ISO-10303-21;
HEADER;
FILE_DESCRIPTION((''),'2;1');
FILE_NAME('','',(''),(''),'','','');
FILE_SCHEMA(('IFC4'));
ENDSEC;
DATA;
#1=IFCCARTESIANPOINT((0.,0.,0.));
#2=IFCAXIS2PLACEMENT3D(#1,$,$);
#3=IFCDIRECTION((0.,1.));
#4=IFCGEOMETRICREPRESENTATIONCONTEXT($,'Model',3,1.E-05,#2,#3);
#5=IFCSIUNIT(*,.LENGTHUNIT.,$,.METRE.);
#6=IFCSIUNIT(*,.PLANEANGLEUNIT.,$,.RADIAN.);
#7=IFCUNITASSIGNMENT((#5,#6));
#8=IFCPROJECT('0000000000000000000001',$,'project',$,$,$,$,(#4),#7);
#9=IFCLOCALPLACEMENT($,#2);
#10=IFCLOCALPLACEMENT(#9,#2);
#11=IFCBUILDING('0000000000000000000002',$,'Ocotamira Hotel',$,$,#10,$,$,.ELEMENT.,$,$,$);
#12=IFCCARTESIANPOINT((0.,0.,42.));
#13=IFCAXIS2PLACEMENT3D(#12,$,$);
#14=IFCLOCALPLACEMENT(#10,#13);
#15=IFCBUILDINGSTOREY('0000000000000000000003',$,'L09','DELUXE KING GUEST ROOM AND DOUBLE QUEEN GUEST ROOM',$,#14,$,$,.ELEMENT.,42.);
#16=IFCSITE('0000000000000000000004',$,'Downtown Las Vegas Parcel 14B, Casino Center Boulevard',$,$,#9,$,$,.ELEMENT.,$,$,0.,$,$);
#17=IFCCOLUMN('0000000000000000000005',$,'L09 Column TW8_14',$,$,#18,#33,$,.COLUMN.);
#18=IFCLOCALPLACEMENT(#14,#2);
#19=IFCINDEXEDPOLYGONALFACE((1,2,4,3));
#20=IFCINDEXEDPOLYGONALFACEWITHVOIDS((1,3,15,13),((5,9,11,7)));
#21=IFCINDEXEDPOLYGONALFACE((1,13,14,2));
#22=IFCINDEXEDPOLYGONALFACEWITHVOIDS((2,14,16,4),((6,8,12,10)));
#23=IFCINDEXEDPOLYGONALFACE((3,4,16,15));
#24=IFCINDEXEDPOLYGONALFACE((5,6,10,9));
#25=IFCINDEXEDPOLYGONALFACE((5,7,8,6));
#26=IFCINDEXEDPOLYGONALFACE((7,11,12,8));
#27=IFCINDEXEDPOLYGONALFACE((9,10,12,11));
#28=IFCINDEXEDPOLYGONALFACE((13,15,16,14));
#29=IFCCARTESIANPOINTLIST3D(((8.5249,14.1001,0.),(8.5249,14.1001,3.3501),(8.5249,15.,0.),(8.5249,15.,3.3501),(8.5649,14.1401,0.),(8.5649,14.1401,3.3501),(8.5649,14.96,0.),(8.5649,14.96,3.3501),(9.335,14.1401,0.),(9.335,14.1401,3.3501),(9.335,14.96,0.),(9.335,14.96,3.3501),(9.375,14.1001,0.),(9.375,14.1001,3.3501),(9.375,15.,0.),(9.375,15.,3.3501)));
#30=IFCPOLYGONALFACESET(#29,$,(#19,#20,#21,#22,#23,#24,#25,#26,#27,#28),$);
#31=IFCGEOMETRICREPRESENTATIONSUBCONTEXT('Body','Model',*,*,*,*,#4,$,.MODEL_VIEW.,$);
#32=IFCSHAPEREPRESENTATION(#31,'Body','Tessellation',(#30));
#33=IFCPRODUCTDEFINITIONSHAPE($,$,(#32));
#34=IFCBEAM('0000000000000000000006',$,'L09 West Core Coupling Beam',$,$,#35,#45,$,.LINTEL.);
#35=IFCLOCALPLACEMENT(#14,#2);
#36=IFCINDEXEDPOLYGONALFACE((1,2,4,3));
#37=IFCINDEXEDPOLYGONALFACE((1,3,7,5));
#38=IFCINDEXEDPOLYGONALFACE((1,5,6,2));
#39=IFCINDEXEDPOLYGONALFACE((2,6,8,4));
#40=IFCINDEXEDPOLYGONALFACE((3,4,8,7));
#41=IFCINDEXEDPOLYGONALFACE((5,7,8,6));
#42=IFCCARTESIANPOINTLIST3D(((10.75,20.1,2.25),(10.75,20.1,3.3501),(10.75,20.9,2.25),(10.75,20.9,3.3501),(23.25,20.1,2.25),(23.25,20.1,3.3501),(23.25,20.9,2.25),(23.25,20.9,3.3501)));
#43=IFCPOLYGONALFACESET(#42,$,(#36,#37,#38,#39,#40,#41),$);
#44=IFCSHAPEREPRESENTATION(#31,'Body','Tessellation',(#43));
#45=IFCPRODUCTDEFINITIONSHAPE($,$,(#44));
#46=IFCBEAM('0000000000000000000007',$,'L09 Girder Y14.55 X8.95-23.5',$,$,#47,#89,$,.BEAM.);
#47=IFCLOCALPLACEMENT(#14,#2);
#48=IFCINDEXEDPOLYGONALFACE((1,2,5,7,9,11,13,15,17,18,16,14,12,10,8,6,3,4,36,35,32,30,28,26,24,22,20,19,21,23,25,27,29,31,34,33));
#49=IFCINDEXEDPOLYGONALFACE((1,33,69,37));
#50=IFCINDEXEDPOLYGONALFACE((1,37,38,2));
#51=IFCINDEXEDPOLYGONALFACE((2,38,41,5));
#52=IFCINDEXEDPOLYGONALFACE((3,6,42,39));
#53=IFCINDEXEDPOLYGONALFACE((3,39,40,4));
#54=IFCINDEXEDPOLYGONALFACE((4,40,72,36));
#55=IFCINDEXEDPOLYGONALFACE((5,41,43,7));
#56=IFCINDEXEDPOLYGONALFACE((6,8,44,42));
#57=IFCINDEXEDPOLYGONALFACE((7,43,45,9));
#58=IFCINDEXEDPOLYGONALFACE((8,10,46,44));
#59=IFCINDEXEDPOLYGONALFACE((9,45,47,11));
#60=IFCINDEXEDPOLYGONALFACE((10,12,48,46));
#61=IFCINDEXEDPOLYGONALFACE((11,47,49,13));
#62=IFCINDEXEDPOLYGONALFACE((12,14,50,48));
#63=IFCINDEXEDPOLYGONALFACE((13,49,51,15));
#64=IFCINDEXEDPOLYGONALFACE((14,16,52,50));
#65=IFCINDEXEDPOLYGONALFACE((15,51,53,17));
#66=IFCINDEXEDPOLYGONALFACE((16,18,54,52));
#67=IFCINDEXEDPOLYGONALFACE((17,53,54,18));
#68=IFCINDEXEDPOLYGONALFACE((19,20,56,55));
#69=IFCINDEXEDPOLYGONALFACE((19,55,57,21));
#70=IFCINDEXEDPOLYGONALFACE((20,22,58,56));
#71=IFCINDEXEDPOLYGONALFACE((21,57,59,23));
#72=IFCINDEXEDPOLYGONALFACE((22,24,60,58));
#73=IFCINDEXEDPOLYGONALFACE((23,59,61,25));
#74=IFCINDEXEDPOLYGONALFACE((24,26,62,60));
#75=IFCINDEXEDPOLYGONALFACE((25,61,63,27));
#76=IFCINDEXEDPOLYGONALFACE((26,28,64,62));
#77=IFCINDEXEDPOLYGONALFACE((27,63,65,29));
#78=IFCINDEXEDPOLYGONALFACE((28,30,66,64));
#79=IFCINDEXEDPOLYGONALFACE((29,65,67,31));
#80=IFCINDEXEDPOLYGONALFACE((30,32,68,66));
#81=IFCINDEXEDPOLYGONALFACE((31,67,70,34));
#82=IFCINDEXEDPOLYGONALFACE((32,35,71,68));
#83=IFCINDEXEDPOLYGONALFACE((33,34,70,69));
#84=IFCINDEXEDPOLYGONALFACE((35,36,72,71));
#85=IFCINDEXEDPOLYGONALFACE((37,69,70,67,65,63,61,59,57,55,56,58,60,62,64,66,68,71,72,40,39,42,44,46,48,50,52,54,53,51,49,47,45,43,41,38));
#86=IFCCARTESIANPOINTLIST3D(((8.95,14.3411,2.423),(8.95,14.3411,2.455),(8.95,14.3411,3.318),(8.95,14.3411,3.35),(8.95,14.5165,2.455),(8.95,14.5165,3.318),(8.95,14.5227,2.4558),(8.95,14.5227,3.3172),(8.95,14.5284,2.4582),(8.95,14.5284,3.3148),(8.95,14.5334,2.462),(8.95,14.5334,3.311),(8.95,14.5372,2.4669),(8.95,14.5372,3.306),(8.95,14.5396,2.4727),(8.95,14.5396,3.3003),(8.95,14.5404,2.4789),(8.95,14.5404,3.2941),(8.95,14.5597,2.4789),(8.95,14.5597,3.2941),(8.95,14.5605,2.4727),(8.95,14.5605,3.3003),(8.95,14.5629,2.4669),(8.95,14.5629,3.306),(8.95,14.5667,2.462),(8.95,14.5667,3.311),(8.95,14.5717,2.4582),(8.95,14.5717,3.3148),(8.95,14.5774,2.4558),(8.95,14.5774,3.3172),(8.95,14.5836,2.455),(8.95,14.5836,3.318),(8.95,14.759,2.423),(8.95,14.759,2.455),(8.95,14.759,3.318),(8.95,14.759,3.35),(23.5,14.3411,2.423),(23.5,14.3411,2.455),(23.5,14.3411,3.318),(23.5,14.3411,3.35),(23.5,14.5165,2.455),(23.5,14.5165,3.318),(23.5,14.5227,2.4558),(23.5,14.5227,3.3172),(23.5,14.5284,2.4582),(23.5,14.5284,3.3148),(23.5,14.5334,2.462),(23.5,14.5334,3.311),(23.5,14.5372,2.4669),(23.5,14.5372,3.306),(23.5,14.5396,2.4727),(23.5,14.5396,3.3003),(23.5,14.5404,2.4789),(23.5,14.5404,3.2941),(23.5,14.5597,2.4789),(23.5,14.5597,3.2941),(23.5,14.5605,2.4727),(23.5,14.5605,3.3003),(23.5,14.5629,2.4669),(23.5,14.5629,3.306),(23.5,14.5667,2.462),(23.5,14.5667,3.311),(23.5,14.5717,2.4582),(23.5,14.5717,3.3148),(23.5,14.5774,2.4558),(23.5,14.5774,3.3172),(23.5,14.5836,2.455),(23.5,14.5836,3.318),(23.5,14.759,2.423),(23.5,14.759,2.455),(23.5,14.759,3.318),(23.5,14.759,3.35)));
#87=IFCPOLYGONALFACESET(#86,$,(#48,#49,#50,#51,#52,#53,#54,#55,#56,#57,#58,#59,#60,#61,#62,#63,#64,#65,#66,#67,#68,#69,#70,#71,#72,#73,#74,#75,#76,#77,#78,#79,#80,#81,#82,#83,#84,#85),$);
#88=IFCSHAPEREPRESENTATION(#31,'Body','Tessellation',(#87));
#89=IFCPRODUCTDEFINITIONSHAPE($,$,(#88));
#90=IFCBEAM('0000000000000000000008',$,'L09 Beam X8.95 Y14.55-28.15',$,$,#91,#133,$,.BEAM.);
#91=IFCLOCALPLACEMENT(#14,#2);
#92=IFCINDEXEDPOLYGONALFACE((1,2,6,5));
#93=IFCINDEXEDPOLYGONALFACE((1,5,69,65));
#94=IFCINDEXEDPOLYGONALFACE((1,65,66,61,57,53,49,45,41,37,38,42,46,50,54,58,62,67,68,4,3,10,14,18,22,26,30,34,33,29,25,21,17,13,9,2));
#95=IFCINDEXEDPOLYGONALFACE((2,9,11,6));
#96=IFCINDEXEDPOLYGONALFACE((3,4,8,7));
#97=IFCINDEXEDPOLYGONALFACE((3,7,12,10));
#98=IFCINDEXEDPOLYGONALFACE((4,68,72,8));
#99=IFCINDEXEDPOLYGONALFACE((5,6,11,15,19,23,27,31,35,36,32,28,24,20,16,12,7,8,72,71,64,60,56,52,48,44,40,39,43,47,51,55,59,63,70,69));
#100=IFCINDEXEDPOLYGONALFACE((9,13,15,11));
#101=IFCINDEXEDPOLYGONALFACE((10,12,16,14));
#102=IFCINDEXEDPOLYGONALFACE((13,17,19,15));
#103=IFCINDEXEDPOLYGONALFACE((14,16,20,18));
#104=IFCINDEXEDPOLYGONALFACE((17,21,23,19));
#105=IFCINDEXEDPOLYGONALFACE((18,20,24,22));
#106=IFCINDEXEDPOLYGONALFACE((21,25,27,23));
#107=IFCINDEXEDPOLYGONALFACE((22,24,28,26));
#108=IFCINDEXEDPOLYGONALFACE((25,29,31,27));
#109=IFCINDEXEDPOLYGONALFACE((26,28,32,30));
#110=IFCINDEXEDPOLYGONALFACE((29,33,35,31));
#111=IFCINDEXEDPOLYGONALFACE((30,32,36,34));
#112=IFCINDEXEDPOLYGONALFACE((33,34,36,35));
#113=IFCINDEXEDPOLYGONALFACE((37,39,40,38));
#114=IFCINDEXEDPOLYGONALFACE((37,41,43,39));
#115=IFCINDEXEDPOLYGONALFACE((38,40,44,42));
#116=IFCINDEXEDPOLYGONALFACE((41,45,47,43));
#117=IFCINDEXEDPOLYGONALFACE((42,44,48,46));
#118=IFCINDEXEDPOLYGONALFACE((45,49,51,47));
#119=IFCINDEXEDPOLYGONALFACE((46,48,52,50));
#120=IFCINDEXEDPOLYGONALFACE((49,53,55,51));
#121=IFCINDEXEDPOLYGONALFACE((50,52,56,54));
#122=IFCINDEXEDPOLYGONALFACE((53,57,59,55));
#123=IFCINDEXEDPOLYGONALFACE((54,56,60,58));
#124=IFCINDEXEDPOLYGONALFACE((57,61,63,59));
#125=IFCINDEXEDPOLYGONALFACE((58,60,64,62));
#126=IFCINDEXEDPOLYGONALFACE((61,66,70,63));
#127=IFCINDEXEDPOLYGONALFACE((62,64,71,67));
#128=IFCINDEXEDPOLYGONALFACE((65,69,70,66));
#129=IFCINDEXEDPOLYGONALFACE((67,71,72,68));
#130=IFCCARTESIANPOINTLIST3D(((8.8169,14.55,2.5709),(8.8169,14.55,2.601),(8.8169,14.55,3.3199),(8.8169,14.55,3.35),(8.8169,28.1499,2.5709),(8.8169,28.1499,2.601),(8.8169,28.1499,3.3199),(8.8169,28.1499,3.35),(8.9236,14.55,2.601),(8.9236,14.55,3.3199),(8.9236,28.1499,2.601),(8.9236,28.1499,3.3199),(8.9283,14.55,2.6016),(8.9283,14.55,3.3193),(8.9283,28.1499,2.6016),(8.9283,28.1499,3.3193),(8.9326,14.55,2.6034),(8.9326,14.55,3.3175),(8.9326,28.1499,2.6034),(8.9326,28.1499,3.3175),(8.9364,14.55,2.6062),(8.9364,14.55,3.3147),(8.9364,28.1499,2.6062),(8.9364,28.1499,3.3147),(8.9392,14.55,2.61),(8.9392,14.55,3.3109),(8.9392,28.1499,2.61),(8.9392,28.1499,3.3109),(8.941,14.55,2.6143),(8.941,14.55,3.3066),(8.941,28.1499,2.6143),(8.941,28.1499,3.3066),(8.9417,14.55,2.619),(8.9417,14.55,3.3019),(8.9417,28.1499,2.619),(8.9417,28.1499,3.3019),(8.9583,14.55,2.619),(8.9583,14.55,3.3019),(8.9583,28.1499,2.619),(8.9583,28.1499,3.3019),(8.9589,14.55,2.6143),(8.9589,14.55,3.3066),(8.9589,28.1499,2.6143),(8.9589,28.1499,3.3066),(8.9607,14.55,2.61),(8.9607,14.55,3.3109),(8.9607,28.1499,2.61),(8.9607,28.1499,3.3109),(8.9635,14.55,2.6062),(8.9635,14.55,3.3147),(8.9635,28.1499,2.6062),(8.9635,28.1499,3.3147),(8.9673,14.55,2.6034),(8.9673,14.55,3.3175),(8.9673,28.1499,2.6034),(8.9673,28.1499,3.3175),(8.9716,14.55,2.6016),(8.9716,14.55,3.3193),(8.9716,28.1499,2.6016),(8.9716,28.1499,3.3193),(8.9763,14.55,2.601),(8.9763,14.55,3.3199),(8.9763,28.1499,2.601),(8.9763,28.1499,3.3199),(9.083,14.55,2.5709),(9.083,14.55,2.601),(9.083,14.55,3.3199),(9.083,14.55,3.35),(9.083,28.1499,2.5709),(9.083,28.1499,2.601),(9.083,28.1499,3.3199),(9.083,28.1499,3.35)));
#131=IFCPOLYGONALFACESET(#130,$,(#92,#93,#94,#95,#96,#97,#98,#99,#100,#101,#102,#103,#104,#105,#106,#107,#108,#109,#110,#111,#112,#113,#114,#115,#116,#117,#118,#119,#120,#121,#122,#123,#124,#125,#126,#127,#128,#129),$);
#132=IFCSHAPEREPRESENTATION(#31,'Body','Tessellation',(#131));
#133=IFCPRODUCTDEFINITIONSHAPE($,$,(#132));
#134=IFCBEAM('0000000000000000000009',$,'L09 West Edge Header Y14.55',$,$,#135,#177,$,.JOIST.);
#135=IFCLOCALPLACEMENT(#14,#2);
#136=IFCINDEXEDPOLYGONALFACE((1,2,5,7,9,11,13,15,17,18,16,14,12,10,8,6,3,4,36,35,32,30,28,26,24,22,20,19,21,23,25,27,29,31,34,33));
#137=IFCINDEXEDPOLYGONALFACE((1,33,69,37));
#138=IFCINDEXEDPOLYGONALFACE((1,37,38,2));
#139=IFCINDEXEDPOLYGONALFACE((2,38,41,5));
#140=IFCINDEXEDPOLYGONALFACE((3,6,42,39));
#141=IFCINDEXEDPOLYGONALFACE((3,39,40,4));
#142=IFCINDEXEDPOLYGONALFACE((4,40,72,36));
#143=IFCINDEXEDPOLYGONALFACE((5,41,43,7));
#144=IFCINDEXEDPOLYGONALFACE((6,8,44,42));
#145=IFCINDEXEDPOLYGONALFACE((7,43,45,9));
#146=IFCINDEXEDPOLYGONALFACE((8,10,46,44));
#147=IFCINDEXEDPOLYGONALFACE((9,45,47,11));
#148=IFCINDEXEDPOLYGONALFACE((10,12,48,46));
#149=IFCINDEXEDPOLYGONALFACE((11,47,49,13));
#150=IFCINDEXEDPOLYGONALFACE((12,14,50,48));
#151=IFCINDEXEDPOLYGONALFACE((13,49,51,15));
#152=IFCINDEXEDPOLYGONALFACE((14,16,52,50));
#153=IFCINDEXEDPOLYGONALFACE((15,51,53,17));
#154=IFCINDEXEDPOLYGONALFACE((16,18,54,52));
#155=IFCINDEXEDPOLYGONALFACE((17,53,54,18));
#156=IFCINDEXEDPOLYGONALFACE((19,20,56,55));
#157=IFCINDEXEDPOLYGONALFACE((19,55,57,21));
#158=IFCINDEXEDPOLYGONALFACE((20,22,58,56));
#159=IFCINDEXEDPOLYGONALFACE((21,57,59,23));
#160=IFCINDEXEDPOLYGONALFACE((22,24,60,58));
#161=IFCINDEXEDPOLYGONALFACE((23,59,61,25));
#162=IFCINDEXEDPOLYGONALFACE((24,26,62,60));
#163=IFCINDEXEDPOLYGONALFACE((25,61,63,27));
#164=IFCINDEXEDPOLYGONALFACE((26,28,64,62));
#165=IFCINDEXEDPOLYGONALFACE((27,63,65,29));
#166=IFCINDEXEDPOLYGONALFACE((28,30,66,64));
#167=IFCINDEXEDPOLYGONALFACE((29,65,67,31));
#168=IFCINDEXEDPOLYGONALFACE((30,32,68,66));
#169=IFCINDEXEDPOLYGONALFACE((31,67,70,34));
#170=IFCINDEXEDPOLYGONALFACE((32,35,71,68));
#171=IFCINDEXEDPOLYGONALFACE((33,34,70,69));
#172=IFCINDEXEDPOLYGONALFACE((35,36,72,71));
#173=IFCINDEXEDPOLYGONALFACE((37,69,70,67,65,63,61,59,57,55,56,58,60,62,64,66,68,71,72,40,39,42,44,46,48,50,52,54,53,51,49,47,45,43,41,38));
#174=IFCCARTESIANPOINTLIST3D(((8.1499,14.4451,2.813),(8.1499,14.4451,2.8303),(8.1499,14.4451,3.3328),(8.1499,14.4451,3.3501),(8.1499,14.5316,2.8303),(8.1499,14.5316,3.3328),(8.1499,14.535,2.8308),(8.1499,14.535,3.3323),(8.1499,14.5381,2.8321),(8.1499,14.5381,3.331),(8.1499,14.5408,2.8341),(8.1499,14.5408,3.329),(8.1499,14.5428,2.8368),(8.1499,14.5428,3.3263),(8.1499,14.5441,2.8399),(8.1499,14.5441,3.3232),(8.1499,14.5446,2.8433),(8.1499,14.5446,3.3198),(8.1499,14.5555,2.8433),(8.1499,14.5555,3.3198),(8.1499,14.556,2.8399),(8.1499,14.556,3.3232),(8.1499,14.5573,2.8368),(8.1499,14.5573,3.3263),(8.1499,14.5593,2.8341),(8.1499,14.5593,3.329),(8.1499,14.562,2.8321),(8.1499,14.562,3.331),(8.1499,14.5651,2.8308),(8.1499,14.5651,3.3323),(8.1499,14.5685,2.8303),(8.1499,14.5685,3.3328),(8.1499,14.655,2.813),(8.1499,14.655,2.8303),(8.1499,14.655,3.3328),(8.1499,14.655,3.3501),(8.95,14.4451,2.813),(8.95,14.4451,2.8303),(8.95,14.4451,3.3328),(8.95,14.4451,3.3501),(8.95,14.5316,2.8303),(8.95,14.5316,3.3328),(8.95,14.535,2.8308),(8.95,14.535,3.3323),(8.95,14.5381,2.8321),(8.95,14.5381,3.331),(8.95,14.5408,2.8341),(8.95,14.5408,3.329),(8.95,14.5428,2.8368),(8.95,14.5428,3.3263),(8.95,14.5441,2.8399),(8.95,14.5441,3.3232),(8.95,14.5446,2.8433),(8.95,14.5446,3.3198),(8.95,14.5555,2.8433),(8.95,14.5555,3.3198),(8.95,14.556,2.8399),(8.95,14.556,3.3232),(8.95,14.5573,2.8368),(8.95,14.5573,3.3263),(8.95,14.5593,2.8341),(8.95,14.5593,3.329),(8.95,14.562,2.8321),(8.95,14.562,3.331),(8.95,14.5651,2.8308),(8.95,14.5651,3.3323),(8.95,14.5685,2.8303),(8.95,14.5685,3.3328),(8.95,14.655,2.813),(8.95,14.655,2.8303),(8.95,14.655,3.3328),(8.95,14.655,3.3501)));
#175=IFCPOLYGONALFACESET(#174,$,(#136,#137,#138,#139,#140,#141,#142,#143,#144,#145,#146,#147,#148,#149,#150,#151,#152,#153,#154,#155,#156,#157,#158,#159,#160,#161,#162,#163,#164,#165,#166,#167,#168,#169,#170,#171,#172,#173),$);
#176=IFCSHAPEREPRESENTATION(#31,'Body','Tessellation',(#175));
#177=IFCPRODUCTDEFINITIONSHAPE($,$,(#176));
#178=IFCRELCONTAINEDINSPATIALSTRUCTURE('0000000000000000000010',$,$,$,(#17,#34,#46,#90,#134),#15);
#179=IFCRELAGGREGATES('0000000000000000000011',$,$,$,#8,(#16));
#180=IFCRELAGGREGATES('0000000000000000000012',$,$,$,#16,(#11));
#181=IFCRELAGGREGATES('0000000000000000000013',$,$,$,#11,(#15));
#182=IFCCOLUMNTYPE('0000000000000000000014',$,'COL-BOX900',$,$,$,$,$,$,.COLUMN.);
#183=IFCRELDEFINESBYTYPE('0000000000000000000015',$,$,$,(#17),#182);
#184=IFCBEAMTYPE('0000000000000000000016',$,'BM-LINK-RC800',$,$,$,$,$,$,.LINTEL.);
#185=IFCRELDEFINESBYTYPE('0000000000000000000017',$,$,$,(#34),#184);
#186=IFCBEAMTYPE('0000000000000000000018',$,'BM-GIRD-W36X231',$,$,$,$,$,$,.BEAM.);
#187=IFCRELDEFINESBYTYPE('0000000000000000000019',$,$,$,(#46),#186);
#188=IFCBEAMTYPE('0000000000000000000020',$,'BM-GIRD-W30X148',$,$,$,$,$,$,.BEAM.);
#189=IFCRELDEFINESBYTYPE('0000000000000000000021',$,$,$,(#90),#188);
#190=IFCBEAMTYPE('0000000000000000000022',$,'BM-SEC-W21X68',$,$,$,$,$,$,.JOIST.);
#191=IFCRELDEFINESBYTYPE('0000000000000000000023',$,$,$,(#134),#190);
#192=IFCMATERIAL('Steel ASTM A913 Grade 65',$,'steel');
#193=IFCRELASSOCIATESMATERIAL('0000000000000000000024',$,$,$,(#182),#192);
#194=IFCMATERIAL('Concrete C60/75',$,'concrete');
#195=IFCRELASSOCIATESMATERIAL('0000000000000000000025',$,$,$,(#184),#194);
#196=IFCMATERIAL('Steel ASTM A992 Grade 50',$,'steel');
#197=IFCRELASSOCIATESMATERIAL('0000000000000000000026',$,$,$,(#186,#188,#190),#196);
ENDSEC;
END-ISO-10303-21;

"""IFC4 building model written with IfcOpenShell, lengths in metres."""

from ifc_helpers import new_model, si_unit, direction, frame, origin, origin_2d, place, context, subcontext, project, spatial, rectangle, hollow_rectangle, i_section, extrude, source, transform, mapped, material, material_profile, profile_set, type_object, element, save


model = new_model("IFC4")

# Units and contexts
model_context = context("Model", 3, precision=1e-05, world=origin(), true_north=direction((0.0, 1.0)))
body_context = subcontext(model_context, "Body", "Model", "MODEL_VIEW")
ifc_project = project(units=[si_unit("LENGTHUNIT", "METRE"), si_unit("PLANEANGLEUNIT", "RADIAN")], contexts=[model_context])

# Site, building, storey
site_placement = place(None, origin())
site = spatial("IfcSite", under=ifc_project, at=site_placement, Name="Downtown Las Vegas Parcel 14B, Casino Center Boulevard", CompositionType="ELEMENT", RefElevation=0.0)
building_placement = place(site_placement, origin())
building = spatial("IfcBuilding", under=site, at=building_placement, Name="Ocotamira Hotel", CompositionType="ELEMENT")
storey_placement = place(building_placement, frame((0.0, 0.0, 42.0)))
storey = spatial("IfcBuildingStorey", under=building, at=storey_placement, Name="L09", Description="DELUXE KING GUEST ROOM AND DOUBLE QUEEN GUEST ROOM", CompositionType="ELEMENT", Elevation=42.0)

# Column
ifc_material_1 = material(Name="Steel ASTM A913 Grade 65", Category="steel")
ifc_material_profile_1 = material_profile(ifc_material_1, hollow_rectangle(XDim=0.8501, YDim=0.8999, WallThickness=0.04, at=origin_2d()), Name="BOX900X850X40")
ifc_profile_set_1 = profile_set([ifc_material_profile_1], Name="Steel ASTM A913 Grade 65")
column_type = type_object("IfcColumnType", Name="COL-BOX900", PredefinedType="COLUMN", material=ifc_profile_set_1)
shared_shape_1 = source(origin(), body_context, "Body", "SweptSolid", [
    extrude(hollow_rectangle(XDim=0.8501, YDim=0.8999, WallThickness=0.04, at=origin_2d()), origin(), (0.0, 0.0, 1.0), 3.3501),
])
column_placement = place(storey_placement, frame((8.95, 14.55, 0.0), z_axis=(0.0, 0.0, 1.0), x_axis=(1.0, 0.0, 0.0)))
element("IfcColumn", 1, at=column_placement, inside=storey, type_object=column_type, Name="L09 Column TW8_14", PredefinedType="COLUMN", context=body_context, shape_type="MappedRepresentation", body=[
    mapped(shared_shape_1, transform((0.0, 0.0, 0.0), scale=1.0)),
])

# Beams
ifc_material_2 = material(Name="Concrete C60/75", Category="concrete")
ifc_material_profile_2 = material_profile(ifc_material_2, rectangle(XDim=0.8, YDim=1.1001, at=origin_2d()), Name="RC800X1100")
ifc_profile_set_2 = profile_set([ifc_material_profile_2], Name="Concrete C60/75")
beam_type_1 = type_object("IfcBeamType", Name="BM-LINK-RC800", PredefinedType="LINTEL", material=ifc_profile_set_2)
shared_shape_2 = source(origin(), body_context, "Body", "SweptSolid", [
    extrude(rectangle(XDim=0.8, YDim=1.1001, at=origin_2d()), origin(), (0.0, 0.0, 1.0), 12.5),
])
beam_1_placement = place(storey_placement, frame((10.75, 20.5, 2.8), z_axis=(1.0, 0.0, 0.0), x_axis=(0.0, 1.0, 0.0)))
element("IfcBeam", 2, at=beam_1_placement, inside=storey, type_object=beam_type_1, Name="L09 West Core Coupling Beam", PredefinedType="LINTEL", context=body_context, shape_type="MappedRepresentation", body=[
    mapped(shared_shape_2, transform((0.0, 0.0, 0.0), scale=1.0)),
])
ifc_material_3 = material(Name="Steel ASTM A992 Grade 50", Category="steel")
ifc_material_profile_3 = material_profile(ifc_material_3, i_section(OverallWidth=0.418, OverallDepth=0.927, WebThickness=0.0193, FlangeThickness=0.032, FilletRadius=0.0239, at=origin_2d()), Name="W36X231")
ifc_profile_set_3 = profile_set([ifc_material_profile_3], Name="Steel ASTM A992 Grade 50")
beam_type_2 = type_object("IfcBeamType", Name="BM-GIRD-W36X231", PredefinedType="BEAM", material=ifc_profile_set_3)
shared_shape_3 = source(origin(), body_context, "Body", "SweptSolid", [
    extrude(i_section(OverallWidth=0.418, OverallDepth=0.927, WebThickness=0.0193, FlangeThickness=0.032, FilletRadius=0.0239, at=origin_2d()), origin(), (0.0, 0.0, 1.0), 14.55),
])
beam_2_placement = place(storey_placement, frame((8.95, 14.55, 2.8865), z_axis=(1.0, 0.0, 0.0), x_axis=(0.0, 1.0, 0.0)))
element("IfcBeam", 3, at=beam_2_placement, inside=storey, type_object=beam_type_2, Name="L09 Girder Y14.55 X8.95-23.5", PredefinedType="BEAM", context=body_context, shape_type="MappedRepresentation", body=[
    mapped(shared_shape_3, transform((0.0, 0.0, 0.0), scale=1.0)),
])
ifc_material_profile_4 = material_profile(ifc_material_3, i_section(OverallWidth=0.2661, OverallDepth=0.7791, WebThickness=0.0166, FlangeThickness=0.03, FilletRadius=0.0181, at=origin_2d()), Name="W30X148")
ifc_profile_set_4 = profile_set([ifc_material_profile_4], Name="Steel ASTM A992 Grade 50")
beam_type_3 = type_object("IfcBeamType", Name="BM-GIRD-W30X148", PredefinedType="BEAM", material=ifc_profile_set_4)
shared_shape_4 = source(origin(), body_context, "Body", "SweptSolid", [
    extrude(i_section(OverallWidth=0.2661, OverallDepth=0.7791, WebThickness=0.0166, FlangeThickness=0.03, FilletRadius=0.0181, at=origin_2d()), origin(), (0.0, 0.0, 1.0), 13.5999),
])
beam_3_placement = place(storey_placement, frame((8.95, 14.55, 2.9604), z_axis=(0.0, 1.0, 0.0), x_axis=(-1.0, 0.0, 0.0)))
element("IfcBeam", 4, at=beam_3_placement, inside=storey, type_object=beam_type_3, Name="L09 Beam X8.95 Y14.55-28.15", PredefinedType="BEAM", context=body_context, shape_type="MappedRepresentation", body=[
    mapped(shared_shape_4, transform((0.0, 0.0, 0.0), scale=1.0)),
])
ifc_material_profile_5 = material_profile(ifc_material_3, i_section(OverallWidth=0.21, OverallDepth=0.5371, WebThickness=0.011, FlangeThickness=0.0173, FilletRadius=0.0129, at=origin_2d()), Name="W21X68")
ifc_profile_set_5 = profile_set([ifc_material_profile_5], Name="Steel ASTM A992 Grade 50")
beam_type_4 = type_object("IfcBeamType", Name="BM-SEC-W21X68", PredefinedType="JOIST", material=ifc_profile_set_5)
shared_shape_5 = source(origin(), body_context, "Body", "SweptSolid", [
    extrude(i_section(OverallWidth=0.21, OverallDepth=0.5371, WebThickness=0.011, FlangeThickness=0.0173, FilletRadius=0.0129, at=origin_2d()), origin(), (0.0, 0.0, 1.0), 0.8),
])
beam_4_placement = place(storey_placement, frame((8.95, 14.55, 3.0815), z_axis=(-1.0, 0.0, 0.0), x_axis=(0.0, -1.0, 0.0)))
element("IfcBeam", 5, at=beam_4_placement, inside=storey, type_object=beam_type_4, Name="L09 West Edge Header Y14.55", PredefinedType="JOIST", context=body_context, shape_type="MappedRepresentation", body=[
    mapped(shared_shape_5, transform((0.0, 0.0, 0.0), scale=1.0)),
])

save(model, "model.ifc")
